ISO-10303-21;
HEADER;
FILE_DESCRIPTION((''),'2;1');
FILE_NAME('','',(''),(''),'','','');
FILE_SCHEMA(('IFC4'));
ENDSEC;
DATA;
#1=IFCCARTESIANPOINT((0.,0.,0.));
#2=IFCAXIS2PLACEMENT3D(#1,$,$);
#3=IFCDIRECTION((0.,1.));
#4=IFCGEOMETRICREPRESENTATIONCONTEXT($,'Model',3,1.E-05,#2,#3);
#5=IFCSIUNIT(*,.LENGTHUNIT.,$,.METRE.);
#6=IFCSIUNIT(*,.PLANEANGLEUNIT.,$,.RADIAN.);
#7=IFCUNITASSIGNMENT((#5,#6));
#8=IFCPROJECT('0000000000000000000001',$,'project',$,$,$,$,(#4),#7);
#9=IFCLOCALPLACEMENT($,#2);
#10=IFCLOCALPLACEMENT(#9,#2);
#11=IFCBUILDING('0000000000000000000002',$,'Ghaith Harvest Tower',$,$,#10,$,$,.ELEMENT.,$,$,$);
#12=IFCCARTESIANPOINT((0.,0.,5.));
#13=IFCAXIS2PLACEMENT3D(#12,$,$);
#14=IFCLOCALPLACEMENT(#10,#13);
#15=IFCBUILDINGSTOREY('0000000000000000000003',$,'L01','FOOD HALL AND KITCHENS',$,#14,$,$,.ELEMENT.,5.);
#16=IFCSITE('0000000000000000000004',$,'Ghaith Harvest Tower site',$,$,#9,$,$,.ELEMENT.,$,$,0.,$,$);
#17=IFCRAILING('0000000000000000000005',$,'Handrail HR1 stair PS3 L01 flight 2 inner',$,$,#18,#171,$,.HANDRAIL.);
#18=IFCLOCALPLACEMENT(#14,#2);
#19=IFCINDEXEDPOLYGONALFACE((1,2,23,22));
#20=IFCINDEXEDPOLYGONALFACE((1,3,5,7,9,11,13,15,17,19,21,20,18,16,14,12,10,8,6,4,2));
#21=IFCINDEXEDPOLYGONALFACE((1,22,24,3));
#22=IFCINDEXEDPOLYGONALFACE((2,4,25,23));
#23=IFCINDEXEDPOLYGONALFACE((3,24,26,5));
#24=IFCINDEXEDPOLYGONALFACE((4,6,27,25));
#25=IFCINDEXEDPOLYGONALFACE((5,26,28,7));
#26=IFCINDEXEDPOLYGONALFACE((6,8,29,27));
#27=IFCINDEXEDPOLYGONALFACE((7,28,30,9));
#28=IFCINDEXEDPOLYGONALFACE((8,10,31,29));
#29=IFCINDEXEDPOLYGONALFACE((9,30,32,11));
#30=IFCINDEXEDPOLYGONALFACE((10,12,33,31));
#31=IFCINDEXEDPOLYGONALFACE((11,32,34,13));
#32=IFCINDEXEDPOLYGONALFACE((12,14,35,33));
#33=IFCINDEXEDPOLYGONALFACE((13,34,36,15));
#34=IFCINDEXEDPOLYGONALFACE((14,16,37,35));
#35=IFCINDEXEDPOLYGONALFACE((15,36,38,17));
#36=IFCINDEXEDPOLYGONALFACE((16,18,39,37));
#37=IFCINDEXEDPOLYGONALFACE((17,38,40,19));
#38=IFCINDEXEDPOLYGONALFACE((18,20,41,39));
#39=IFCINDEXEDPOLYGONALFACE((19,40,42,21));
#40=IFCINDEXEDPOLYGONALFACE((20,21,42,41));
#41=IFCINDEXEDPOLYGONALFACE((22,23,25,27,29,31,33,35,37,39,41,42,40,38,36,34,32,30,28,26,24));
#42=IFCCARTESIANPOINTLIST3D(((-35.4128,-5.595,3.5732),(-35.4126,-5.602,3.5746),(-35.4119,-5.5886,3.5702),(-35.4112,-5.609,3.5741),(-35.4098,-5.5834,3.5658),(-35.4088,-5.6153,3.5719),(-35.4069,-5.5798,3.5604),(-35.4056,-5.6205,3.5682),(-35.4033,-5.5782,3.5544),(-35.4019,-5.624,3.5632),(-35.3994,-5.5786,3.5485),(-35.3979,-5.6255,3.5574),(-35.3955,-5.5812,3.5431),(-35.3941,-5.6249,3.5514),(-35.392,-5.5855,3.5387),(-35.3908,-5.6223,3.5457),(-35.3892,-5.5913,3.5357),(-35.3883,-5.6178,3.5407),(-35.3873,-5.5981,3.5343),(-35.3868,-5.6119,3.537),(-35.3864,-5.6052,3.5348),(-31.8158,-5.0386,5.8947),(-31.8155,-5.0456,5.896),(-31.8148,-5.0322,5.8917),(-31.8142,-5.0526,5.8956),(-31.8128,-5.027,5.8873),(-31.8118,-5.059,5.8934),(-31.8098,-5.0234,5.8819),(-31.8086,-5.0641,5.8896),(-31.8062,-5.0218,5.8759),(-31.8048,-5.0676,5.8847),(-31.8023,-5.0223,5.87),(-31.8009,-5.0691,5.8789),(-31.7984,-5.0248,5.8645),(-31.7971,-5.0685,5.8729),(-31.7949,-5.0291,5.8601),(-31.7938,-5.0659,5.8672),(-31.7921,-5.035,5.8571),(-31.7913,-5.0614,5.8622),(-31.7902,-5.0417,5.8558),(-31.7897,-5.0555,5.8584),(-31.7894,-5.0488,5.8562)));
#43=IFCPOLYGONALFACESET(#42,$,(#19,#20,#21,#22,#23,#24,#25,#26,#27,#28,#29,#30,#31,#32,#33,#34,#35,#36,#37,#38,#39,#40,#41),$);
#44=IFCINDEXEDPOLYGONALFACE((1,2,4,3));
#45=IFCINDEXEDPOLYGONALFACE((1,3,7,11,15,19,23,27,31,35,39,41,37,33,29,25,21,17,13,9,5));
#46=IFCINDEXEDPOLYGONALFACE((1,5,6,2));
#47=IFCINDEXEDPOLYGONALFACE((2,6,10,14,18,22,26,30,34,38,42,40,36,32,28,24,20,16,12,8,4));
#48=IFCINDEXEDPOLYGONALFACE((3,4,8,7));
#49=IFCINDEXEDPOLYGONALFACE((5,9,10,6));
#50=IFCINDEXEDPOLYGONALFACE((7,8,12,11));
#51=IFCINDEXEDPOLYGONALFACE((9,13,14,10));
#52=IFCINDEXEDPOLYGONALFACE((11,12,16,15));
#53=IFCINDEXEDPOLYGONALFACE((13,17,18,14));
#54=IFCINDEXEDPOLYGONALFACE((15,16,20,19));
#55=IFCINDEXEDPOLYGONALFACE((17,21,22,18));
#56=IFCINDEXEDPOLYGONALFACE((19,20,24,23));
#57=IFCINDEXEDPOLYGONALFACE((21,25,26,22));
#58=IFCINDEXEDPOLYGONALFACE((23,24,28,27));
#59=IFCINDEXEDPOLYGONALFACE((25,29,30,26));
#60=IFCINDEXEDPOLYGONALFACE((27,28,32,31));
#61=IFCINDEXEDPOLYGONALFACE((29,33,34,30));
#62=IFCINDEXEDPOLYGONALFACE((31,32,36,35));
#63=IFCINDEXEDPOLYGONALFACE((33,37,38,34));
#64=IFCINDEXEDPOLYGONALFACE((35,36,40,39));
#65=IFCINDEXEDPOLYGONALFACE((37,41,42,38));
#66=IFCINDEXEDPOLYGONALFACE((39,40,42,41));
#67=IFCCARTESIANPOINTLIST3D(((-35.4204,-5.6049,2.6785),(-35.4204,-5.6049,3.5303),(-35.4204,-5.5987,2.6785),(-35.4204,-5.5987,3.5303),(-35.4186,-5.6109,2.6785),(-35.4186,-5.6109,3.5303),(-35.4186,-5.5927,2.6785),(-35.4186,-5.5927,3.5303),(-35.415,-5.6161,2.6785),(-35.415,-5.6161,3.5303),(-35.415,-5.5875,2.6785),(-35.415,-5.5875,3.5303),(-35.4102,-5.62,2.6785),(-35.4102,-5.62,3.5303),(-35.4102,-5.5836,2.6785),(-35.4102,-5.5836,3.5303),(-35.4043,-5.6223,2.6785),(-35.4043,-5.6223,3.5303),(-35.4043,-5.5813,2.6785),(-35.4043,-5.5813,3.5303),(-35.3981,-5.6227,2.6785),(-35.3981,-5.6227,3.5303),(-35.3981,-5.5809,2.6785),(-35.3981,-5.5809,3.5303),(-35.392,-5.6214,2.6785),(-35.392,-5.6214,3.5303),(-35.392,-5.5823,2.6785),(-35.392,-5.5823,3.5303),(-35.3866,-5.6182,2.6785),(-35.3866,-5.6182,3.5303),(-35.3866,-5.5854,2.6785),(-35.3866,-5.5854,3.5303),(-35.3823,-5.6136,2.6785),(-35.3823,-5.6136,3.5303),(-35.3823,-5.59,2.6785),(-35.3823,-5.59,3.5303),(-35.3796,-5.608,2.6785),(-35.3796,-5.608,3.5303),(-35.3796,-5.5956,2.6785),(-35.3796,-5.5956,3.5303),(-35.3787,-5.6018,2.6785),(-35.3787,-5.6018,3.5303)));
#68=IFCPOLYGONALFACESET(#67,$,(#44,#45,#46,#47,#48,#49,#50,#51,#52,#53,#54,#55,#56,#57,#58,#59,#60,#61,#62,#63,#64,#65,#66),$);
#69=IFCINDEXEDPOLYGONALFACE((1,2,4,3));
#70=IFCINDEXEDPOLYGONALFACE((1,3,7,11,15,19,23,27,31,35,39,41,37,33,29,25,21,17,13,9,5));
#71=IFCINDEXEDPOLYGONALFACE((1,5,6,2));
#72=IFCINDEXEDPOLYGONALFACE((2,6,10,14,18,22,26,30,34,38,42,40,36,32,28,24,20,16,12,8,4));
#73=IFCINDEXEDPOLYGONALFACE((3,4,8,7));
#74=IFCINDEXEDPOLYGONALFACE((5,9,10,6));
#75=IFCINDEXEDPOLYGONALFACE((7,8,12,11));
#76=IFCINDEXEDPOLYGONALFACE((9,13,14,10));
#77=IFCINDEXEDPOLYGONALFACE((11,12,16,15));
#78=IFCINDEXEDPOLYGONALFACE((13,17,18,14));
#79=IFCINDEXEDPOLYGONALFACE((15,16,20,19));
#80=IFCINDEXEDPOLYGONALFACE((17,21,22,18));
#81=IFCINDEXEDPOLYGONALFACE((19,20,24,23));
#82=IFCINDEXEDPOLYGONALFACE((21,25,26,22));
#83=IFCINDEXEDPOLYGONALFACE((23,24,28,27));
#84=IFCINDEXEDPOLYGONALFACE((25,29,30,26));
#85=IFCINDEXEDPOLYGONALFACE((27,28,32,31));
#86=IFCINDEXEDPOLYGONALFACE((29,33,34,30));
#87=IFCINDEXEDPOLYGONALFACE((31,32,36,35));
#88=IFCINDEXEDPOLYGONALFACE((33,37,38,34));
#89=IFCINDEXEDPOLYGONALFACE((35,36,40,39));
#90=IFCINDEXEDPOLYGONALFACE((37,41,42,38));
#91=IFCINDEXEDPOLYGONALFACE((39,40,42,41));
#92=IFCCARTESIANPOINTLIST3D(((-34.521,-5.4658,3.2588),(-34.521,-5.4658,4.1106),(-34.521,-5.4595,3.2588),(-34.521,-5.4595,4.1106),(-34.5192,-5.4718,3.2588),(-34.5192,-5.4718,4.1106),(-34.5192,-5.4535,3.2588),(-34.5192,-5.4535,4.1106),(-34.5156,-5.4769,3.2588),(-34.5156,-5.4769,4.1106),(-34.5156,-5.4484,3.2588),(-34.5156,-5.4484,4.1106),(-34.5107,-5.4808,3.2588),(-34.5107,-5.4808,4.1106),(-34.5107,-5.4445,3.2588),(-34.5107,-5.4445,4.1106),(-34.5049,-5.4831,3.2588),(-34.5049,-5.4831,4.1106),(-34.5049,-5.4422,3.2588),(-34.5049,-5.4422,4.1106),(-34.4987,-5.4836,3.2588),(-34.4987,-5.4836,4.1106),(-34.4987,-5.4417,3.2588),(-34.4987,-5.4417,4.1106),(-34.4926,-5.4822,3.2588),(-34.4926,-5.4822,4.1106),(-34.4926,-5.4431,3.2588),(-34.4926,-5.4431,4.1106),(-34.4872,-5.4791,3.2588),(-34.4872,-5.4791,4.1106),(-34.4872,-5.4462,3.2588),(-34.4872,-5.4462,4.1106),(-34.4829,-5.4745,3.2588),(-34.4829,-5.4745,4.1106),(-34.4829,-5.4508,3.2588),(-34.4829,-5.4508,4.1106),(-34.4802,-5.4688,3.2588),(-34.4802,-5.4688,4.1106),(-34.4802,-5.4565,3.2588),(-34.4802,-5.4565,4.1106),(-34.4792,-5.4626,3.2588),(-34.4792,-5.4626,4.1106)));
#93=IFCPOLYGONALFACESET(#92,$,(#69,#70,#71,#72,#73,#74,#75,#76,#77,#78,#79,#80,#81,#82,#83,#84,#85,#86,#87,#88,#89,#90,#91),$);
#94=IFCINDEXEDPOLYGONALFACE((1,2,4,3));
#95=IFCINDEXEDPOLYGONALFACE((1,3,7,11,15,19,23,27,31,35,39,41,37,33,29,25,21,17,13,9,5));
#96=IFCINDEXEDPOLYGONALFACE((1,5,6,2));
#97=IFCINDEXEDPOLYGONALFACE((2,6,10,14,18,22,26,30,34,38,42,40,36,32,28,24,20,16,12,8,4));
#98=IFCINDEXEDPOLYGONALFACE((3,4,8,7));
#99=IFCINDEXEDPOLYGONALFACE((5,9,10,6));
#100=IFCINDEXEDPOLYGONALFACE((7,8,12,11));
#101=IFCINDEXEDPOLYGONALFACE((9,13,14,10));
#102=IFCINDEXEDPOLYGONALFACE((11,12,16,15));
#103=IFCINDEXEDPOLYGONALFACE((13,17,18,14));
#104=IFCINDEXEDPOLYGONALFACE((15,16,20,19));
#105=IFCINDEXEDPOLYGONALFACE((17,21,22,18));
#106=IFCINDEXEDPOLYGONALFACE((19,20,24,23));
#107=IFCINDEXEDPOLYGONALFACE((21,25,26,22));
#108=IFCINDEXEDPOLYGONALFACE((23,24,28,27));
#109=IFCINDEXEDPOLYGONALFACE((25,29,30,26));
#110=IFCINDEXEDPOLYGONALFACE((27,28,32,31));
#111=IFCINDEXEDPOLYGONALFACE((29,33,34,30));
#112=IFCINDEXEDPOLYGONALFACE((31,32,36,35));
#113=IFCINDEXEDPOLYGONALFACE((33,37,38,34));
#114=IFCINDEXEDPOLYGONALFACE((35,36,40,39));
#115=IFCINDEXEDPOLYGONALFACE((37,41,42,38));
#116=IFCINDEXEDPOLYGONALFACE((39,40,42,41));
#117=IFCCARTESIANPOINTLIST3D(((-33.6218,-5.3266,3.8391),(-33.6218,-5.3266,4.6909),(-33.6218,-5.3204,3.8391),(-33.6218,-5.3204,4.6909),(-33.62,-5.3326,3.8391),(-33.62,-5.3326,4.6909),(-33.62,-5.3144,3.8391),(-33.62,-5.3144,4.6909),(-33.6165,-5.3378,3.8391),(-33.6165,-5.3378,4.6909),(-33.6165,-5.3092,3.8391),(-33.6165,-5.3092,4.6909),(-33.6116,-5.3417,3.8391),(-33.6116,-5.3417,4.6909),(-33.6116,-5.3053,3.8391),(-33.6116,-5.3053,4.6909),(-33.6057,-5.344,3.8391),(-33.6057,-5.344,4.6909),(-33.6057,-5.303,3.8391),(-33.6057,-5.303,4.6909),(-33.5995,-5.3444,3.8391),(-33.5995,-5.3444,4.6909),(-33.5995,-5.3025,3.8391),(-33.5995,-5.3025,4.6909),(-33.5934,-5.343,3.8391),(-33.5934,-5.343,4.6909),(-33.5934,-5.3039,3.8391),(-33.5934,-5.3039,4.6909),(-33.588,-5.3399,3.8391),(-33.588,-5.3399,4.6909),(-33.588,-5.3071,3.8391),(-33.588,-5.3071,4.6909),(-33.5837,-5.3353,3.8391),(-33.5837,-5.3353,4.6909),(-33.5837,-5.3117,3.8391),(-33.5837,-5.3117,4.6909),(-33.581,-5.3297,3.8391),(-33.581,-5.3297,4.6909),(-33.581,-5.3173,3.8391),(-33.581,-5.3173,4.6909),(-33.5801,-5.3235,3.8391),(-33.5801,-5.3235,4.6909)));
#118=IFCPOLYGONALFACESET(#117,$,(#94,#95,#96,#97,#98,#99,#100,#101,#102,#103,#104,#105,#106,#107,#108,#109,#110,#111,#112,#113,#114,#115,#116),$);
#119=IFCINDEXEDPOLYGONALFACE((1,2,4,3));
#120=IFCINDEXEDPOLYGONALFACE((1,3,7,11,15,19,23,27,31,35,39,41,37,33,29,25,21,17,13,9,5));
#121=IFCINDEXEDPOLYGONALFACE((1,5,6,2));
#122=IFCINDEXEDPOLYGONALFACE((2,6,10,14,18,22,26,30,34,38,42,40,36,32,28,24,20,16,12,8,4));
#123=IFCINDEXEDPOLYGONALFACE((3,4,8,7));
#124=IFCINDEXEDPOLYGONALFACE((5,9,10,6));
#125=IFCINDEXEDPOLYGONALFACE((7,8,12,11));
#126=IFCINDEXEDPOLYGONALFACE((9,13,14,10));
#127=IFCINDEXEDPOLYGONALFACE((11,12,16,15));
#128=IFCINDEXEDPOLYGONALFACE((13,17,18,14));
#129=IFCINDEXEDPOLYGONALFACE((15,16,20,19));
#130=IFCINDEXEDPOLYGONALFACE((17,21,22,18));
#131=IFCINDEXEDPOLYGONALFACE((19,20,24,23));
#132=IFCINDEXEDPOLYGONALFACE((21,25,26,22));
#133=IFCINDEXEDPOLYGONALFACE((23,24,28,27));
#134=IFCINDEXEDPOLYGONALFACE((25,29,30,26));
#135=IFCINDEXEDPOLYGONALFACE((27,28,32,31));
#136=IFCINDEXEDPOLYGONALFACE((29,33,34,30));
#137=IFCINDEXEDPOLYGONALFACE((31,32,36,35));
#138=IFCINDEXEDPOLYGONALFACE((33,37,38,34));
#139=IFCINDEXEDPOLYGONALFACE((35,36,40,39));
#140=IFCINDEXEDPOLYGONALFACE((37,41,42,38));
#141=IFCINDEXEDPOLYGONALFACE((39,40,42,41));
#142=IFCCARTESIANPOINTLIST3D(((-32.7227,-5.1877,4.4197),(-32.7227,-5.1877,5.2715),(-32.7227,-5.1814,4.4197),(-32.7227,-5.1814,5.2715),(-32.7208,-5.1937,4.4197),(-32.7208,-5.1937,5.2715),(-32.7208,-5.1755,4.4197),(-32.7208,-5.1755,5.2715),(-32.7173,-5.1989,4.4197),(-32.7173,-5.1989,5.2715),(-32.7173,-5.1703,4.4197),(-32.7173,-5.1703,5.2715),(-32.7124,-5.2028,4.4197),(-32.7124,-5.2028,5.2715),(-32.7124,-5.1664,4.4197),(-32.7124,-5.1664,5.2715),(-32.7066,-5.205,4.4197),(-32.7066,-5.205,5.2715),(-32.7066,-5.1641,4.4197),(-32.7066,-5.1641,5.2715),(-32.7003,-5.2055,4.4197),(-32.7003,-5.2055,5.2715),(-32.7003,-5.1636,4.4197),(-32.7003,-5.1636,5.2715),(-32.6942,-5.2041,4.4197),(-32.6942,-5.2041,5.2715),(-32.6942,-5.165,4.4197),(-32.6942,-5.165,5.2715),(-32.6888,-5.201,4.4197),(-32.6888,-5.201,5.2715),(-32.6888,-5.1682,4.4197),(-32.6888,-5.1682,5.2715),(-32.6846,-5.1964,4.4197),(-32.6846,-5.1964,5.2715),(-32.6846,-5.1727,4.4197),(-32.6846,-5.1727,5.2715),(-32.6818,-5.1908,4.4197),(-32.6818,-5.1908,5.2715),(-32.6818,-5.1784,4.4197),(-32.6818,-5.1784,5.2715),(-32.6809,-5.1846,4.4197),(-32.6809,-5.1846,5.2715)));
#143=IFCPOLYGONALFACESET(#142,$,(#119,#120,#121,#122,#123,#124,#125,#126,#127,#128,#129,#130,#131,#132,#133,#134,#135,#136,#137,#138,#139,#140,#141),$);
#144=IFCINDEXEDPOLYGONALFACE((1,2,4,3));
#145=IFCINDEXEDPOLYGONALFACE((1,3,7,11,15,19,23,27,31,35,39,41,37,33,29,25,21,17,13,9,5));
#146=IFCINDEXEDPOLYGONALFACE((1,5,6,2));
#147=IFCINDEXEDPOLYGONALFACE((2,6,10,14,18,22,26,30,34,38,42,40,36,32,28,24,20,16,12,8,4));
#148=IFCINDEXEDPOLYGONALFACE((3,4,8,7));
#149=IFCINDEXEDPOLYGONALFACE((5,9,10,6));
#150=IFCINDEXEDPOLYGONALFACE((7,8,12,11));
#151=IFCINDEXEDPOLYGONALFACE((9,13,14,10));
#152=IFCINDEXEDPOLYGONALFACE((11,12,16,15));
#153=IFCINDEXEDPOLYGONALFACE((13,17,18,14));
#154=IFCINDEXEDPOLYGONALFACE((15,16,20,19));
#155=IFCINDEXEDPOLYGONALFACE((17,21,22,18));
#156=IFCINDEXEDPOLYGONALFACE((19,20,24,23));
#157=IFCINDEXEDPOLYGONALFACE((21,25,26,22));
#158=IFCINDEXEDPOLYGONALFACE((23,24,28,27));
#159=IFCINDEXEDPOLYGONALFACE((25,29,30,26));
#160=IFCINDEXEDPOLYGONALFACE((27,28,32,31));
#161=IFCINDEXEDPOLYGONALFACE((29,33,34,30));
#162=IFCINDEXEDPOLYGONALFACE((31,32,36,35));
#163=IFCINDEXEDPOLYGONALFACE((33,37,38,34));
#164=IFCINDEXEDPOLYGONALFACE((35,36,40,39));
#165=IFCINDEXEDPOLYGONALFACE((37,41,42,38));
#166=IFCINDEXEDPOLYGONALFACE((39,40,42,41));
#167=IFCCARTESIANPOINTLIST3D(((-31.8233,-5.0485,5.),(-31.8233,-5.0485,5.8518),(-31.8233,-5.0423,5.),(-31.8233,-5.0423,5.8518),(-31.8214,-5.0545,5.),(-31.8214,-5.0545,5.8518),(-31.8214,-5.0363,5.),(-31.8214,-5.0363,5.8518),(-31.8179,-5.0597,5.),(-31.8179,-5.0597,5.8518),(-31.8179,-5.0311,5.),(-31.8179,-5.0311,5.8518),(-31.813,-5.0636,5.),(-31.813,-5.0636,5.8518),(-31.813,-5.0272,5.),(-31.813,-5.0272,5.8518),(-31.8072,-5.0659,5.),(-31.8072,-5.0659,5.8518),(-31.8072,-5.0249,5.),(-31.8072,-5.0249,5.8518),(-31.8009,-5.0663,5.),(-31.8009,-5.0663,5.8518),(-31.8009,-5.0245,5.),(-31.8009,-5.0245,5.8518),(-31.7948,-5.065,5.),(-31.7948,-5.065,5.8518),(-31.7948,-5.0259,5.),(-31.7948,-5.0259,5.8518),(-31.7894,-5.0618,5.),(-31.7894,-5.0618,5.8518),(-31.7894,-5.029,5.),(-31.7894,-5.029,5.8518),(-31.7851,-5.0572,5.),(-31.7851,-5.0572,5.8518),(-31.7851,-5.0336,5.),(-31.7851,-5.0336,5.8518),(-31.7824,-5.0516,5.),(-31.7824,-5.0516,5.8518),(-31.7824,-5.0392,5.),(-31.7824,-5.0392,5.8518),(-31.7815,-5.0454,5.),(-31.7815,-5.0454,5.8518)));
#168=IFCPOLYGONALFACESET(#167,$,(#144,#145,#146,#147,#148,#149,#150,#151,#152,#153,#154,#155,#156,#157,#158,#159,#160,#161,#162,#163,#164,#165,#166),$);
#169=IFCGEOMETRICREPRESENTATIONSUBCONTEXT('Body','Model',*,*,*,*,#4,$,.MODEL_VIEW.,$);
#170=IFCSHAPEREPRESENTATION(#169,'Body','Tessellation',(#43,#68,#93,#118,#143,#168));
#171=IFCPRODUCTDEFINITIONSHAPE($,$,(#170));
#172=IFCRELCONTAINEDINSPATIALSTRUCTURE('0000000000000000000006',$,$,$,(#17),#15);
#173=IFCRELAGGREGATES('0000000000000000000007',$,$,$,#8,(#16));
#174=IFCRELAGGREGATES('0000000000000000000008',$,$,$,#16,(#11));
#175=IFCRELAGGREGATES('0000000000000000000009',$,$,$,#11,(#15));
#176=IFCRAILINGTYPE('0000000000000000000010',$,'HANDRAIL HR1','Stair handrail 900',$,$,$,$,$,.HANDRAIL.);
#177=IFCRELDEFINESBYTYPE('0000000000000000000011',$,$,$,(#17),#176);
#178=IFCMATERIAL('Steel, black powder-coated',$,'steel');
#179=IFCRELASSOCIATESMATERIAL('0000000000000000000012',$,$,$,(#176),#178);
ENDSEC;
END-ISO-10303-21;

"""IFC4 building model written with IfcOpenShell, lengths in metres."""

from ifc_helpers import new_model, si_unit, direction, frame, origin, origin_2d, place, context, subcontext, project, spatial, circle, extrude, material, type_object, element, save


model = new_model("IFC4")

# Units and contexts
model_context = context("Model", 3, precision=1e-05, world=origin(), true_north=direction((0.0, 1.0)))
body_context = subcontext(model_context, "Body", "Model", "MODEL_VIEW")
ifc_project = project(units=[si_unit("LENGTHUNIT", "METRE"), si_unit("PLANEANGLEUNIT", "RADIAN")], contexts=[model_context])

# Site, building, storey
site_placement = place(None, origin())
site = spatial("IfcSite", under=ifc_project, at=site_placement, Name="Ghaith Harvest Tower site", CompositionType="ELEMENT", RefElevation=0.0)
building_placement = place(site_placement, origin())
building = spatial("IfcBuilding", under=site, at=building_placement, Name="Ghaith Harvest Tower", CompositionType="ELEMENT")
storey_placement = place(building_placement, frame((0.0, 0.0, 5.0)))
storey = spatial("IfcBuildingStorey", under=building, at=storey_placement, Name="L01", Description="FOOD HALL AND KITCHENS", CompositionType="ELEMENT", Elevation=5.0)

# Railing
ifc_material_1 = material(Name="Steel, black powder-coated", Category="steel")
railing_type = type_object("IfcRailingType", Name="HANDRAIL HR1", Description="Stair handrail 900", PredefinedType="HANDRAIL", material=ifc_material_1)
railing_1_placement = place(storey_placement, frame((-35.3997, -5.6018, 2.6785)))
element("IfcRailing", 1, at=railing_1_placement, inside=storey, type_object=railing_type, Name="Handrail HR1 stair PS3 L01 flight 2 inner", PredefinedType="HANDRAIL", context=body_context, shape_type="SweptSolid", body=[
    extrude(circle(Radius=0.0239, at=origin_2d()), frame((0.0, 0.0, 0.876), z_axis=(0.833207, 0.128877, 0.537733), x_axis=(-0.152859, 0.988248, 0.0)), (0.0, 0.0, 1.0), 4.3171),
    extrude(circle(Radius=0.021, at=origin_2d()), origin(), (0.0, 0.0, 1.0), 0.8518),
    extrude(circle(Radius=0.021, at=origin_2d()), frame((0.8994, 0.1392, 0.5803)), (0.0, 0.0, 1.0), 0.8518),
    extrude(circle(Radius=0.021, at=origin_2d()), frame((1.7986, 0.2783, 1.1606)), (0.0, 0.0, 1.0), 0.8518),
    extrude(circle(Radius=0.021, at=origin_2d()), frame((2.6978, 0.4172, 1.7412)), (0.0, 0.0, 1.0), 0.8518),
    extrude(circle(Radius=0.021, at=origin_2d()), frame((3.5972, 0.5564, 2.3215)), (0.0, 0.0, 1.0), 0.8518),
])

save(model, "model.ifc")
